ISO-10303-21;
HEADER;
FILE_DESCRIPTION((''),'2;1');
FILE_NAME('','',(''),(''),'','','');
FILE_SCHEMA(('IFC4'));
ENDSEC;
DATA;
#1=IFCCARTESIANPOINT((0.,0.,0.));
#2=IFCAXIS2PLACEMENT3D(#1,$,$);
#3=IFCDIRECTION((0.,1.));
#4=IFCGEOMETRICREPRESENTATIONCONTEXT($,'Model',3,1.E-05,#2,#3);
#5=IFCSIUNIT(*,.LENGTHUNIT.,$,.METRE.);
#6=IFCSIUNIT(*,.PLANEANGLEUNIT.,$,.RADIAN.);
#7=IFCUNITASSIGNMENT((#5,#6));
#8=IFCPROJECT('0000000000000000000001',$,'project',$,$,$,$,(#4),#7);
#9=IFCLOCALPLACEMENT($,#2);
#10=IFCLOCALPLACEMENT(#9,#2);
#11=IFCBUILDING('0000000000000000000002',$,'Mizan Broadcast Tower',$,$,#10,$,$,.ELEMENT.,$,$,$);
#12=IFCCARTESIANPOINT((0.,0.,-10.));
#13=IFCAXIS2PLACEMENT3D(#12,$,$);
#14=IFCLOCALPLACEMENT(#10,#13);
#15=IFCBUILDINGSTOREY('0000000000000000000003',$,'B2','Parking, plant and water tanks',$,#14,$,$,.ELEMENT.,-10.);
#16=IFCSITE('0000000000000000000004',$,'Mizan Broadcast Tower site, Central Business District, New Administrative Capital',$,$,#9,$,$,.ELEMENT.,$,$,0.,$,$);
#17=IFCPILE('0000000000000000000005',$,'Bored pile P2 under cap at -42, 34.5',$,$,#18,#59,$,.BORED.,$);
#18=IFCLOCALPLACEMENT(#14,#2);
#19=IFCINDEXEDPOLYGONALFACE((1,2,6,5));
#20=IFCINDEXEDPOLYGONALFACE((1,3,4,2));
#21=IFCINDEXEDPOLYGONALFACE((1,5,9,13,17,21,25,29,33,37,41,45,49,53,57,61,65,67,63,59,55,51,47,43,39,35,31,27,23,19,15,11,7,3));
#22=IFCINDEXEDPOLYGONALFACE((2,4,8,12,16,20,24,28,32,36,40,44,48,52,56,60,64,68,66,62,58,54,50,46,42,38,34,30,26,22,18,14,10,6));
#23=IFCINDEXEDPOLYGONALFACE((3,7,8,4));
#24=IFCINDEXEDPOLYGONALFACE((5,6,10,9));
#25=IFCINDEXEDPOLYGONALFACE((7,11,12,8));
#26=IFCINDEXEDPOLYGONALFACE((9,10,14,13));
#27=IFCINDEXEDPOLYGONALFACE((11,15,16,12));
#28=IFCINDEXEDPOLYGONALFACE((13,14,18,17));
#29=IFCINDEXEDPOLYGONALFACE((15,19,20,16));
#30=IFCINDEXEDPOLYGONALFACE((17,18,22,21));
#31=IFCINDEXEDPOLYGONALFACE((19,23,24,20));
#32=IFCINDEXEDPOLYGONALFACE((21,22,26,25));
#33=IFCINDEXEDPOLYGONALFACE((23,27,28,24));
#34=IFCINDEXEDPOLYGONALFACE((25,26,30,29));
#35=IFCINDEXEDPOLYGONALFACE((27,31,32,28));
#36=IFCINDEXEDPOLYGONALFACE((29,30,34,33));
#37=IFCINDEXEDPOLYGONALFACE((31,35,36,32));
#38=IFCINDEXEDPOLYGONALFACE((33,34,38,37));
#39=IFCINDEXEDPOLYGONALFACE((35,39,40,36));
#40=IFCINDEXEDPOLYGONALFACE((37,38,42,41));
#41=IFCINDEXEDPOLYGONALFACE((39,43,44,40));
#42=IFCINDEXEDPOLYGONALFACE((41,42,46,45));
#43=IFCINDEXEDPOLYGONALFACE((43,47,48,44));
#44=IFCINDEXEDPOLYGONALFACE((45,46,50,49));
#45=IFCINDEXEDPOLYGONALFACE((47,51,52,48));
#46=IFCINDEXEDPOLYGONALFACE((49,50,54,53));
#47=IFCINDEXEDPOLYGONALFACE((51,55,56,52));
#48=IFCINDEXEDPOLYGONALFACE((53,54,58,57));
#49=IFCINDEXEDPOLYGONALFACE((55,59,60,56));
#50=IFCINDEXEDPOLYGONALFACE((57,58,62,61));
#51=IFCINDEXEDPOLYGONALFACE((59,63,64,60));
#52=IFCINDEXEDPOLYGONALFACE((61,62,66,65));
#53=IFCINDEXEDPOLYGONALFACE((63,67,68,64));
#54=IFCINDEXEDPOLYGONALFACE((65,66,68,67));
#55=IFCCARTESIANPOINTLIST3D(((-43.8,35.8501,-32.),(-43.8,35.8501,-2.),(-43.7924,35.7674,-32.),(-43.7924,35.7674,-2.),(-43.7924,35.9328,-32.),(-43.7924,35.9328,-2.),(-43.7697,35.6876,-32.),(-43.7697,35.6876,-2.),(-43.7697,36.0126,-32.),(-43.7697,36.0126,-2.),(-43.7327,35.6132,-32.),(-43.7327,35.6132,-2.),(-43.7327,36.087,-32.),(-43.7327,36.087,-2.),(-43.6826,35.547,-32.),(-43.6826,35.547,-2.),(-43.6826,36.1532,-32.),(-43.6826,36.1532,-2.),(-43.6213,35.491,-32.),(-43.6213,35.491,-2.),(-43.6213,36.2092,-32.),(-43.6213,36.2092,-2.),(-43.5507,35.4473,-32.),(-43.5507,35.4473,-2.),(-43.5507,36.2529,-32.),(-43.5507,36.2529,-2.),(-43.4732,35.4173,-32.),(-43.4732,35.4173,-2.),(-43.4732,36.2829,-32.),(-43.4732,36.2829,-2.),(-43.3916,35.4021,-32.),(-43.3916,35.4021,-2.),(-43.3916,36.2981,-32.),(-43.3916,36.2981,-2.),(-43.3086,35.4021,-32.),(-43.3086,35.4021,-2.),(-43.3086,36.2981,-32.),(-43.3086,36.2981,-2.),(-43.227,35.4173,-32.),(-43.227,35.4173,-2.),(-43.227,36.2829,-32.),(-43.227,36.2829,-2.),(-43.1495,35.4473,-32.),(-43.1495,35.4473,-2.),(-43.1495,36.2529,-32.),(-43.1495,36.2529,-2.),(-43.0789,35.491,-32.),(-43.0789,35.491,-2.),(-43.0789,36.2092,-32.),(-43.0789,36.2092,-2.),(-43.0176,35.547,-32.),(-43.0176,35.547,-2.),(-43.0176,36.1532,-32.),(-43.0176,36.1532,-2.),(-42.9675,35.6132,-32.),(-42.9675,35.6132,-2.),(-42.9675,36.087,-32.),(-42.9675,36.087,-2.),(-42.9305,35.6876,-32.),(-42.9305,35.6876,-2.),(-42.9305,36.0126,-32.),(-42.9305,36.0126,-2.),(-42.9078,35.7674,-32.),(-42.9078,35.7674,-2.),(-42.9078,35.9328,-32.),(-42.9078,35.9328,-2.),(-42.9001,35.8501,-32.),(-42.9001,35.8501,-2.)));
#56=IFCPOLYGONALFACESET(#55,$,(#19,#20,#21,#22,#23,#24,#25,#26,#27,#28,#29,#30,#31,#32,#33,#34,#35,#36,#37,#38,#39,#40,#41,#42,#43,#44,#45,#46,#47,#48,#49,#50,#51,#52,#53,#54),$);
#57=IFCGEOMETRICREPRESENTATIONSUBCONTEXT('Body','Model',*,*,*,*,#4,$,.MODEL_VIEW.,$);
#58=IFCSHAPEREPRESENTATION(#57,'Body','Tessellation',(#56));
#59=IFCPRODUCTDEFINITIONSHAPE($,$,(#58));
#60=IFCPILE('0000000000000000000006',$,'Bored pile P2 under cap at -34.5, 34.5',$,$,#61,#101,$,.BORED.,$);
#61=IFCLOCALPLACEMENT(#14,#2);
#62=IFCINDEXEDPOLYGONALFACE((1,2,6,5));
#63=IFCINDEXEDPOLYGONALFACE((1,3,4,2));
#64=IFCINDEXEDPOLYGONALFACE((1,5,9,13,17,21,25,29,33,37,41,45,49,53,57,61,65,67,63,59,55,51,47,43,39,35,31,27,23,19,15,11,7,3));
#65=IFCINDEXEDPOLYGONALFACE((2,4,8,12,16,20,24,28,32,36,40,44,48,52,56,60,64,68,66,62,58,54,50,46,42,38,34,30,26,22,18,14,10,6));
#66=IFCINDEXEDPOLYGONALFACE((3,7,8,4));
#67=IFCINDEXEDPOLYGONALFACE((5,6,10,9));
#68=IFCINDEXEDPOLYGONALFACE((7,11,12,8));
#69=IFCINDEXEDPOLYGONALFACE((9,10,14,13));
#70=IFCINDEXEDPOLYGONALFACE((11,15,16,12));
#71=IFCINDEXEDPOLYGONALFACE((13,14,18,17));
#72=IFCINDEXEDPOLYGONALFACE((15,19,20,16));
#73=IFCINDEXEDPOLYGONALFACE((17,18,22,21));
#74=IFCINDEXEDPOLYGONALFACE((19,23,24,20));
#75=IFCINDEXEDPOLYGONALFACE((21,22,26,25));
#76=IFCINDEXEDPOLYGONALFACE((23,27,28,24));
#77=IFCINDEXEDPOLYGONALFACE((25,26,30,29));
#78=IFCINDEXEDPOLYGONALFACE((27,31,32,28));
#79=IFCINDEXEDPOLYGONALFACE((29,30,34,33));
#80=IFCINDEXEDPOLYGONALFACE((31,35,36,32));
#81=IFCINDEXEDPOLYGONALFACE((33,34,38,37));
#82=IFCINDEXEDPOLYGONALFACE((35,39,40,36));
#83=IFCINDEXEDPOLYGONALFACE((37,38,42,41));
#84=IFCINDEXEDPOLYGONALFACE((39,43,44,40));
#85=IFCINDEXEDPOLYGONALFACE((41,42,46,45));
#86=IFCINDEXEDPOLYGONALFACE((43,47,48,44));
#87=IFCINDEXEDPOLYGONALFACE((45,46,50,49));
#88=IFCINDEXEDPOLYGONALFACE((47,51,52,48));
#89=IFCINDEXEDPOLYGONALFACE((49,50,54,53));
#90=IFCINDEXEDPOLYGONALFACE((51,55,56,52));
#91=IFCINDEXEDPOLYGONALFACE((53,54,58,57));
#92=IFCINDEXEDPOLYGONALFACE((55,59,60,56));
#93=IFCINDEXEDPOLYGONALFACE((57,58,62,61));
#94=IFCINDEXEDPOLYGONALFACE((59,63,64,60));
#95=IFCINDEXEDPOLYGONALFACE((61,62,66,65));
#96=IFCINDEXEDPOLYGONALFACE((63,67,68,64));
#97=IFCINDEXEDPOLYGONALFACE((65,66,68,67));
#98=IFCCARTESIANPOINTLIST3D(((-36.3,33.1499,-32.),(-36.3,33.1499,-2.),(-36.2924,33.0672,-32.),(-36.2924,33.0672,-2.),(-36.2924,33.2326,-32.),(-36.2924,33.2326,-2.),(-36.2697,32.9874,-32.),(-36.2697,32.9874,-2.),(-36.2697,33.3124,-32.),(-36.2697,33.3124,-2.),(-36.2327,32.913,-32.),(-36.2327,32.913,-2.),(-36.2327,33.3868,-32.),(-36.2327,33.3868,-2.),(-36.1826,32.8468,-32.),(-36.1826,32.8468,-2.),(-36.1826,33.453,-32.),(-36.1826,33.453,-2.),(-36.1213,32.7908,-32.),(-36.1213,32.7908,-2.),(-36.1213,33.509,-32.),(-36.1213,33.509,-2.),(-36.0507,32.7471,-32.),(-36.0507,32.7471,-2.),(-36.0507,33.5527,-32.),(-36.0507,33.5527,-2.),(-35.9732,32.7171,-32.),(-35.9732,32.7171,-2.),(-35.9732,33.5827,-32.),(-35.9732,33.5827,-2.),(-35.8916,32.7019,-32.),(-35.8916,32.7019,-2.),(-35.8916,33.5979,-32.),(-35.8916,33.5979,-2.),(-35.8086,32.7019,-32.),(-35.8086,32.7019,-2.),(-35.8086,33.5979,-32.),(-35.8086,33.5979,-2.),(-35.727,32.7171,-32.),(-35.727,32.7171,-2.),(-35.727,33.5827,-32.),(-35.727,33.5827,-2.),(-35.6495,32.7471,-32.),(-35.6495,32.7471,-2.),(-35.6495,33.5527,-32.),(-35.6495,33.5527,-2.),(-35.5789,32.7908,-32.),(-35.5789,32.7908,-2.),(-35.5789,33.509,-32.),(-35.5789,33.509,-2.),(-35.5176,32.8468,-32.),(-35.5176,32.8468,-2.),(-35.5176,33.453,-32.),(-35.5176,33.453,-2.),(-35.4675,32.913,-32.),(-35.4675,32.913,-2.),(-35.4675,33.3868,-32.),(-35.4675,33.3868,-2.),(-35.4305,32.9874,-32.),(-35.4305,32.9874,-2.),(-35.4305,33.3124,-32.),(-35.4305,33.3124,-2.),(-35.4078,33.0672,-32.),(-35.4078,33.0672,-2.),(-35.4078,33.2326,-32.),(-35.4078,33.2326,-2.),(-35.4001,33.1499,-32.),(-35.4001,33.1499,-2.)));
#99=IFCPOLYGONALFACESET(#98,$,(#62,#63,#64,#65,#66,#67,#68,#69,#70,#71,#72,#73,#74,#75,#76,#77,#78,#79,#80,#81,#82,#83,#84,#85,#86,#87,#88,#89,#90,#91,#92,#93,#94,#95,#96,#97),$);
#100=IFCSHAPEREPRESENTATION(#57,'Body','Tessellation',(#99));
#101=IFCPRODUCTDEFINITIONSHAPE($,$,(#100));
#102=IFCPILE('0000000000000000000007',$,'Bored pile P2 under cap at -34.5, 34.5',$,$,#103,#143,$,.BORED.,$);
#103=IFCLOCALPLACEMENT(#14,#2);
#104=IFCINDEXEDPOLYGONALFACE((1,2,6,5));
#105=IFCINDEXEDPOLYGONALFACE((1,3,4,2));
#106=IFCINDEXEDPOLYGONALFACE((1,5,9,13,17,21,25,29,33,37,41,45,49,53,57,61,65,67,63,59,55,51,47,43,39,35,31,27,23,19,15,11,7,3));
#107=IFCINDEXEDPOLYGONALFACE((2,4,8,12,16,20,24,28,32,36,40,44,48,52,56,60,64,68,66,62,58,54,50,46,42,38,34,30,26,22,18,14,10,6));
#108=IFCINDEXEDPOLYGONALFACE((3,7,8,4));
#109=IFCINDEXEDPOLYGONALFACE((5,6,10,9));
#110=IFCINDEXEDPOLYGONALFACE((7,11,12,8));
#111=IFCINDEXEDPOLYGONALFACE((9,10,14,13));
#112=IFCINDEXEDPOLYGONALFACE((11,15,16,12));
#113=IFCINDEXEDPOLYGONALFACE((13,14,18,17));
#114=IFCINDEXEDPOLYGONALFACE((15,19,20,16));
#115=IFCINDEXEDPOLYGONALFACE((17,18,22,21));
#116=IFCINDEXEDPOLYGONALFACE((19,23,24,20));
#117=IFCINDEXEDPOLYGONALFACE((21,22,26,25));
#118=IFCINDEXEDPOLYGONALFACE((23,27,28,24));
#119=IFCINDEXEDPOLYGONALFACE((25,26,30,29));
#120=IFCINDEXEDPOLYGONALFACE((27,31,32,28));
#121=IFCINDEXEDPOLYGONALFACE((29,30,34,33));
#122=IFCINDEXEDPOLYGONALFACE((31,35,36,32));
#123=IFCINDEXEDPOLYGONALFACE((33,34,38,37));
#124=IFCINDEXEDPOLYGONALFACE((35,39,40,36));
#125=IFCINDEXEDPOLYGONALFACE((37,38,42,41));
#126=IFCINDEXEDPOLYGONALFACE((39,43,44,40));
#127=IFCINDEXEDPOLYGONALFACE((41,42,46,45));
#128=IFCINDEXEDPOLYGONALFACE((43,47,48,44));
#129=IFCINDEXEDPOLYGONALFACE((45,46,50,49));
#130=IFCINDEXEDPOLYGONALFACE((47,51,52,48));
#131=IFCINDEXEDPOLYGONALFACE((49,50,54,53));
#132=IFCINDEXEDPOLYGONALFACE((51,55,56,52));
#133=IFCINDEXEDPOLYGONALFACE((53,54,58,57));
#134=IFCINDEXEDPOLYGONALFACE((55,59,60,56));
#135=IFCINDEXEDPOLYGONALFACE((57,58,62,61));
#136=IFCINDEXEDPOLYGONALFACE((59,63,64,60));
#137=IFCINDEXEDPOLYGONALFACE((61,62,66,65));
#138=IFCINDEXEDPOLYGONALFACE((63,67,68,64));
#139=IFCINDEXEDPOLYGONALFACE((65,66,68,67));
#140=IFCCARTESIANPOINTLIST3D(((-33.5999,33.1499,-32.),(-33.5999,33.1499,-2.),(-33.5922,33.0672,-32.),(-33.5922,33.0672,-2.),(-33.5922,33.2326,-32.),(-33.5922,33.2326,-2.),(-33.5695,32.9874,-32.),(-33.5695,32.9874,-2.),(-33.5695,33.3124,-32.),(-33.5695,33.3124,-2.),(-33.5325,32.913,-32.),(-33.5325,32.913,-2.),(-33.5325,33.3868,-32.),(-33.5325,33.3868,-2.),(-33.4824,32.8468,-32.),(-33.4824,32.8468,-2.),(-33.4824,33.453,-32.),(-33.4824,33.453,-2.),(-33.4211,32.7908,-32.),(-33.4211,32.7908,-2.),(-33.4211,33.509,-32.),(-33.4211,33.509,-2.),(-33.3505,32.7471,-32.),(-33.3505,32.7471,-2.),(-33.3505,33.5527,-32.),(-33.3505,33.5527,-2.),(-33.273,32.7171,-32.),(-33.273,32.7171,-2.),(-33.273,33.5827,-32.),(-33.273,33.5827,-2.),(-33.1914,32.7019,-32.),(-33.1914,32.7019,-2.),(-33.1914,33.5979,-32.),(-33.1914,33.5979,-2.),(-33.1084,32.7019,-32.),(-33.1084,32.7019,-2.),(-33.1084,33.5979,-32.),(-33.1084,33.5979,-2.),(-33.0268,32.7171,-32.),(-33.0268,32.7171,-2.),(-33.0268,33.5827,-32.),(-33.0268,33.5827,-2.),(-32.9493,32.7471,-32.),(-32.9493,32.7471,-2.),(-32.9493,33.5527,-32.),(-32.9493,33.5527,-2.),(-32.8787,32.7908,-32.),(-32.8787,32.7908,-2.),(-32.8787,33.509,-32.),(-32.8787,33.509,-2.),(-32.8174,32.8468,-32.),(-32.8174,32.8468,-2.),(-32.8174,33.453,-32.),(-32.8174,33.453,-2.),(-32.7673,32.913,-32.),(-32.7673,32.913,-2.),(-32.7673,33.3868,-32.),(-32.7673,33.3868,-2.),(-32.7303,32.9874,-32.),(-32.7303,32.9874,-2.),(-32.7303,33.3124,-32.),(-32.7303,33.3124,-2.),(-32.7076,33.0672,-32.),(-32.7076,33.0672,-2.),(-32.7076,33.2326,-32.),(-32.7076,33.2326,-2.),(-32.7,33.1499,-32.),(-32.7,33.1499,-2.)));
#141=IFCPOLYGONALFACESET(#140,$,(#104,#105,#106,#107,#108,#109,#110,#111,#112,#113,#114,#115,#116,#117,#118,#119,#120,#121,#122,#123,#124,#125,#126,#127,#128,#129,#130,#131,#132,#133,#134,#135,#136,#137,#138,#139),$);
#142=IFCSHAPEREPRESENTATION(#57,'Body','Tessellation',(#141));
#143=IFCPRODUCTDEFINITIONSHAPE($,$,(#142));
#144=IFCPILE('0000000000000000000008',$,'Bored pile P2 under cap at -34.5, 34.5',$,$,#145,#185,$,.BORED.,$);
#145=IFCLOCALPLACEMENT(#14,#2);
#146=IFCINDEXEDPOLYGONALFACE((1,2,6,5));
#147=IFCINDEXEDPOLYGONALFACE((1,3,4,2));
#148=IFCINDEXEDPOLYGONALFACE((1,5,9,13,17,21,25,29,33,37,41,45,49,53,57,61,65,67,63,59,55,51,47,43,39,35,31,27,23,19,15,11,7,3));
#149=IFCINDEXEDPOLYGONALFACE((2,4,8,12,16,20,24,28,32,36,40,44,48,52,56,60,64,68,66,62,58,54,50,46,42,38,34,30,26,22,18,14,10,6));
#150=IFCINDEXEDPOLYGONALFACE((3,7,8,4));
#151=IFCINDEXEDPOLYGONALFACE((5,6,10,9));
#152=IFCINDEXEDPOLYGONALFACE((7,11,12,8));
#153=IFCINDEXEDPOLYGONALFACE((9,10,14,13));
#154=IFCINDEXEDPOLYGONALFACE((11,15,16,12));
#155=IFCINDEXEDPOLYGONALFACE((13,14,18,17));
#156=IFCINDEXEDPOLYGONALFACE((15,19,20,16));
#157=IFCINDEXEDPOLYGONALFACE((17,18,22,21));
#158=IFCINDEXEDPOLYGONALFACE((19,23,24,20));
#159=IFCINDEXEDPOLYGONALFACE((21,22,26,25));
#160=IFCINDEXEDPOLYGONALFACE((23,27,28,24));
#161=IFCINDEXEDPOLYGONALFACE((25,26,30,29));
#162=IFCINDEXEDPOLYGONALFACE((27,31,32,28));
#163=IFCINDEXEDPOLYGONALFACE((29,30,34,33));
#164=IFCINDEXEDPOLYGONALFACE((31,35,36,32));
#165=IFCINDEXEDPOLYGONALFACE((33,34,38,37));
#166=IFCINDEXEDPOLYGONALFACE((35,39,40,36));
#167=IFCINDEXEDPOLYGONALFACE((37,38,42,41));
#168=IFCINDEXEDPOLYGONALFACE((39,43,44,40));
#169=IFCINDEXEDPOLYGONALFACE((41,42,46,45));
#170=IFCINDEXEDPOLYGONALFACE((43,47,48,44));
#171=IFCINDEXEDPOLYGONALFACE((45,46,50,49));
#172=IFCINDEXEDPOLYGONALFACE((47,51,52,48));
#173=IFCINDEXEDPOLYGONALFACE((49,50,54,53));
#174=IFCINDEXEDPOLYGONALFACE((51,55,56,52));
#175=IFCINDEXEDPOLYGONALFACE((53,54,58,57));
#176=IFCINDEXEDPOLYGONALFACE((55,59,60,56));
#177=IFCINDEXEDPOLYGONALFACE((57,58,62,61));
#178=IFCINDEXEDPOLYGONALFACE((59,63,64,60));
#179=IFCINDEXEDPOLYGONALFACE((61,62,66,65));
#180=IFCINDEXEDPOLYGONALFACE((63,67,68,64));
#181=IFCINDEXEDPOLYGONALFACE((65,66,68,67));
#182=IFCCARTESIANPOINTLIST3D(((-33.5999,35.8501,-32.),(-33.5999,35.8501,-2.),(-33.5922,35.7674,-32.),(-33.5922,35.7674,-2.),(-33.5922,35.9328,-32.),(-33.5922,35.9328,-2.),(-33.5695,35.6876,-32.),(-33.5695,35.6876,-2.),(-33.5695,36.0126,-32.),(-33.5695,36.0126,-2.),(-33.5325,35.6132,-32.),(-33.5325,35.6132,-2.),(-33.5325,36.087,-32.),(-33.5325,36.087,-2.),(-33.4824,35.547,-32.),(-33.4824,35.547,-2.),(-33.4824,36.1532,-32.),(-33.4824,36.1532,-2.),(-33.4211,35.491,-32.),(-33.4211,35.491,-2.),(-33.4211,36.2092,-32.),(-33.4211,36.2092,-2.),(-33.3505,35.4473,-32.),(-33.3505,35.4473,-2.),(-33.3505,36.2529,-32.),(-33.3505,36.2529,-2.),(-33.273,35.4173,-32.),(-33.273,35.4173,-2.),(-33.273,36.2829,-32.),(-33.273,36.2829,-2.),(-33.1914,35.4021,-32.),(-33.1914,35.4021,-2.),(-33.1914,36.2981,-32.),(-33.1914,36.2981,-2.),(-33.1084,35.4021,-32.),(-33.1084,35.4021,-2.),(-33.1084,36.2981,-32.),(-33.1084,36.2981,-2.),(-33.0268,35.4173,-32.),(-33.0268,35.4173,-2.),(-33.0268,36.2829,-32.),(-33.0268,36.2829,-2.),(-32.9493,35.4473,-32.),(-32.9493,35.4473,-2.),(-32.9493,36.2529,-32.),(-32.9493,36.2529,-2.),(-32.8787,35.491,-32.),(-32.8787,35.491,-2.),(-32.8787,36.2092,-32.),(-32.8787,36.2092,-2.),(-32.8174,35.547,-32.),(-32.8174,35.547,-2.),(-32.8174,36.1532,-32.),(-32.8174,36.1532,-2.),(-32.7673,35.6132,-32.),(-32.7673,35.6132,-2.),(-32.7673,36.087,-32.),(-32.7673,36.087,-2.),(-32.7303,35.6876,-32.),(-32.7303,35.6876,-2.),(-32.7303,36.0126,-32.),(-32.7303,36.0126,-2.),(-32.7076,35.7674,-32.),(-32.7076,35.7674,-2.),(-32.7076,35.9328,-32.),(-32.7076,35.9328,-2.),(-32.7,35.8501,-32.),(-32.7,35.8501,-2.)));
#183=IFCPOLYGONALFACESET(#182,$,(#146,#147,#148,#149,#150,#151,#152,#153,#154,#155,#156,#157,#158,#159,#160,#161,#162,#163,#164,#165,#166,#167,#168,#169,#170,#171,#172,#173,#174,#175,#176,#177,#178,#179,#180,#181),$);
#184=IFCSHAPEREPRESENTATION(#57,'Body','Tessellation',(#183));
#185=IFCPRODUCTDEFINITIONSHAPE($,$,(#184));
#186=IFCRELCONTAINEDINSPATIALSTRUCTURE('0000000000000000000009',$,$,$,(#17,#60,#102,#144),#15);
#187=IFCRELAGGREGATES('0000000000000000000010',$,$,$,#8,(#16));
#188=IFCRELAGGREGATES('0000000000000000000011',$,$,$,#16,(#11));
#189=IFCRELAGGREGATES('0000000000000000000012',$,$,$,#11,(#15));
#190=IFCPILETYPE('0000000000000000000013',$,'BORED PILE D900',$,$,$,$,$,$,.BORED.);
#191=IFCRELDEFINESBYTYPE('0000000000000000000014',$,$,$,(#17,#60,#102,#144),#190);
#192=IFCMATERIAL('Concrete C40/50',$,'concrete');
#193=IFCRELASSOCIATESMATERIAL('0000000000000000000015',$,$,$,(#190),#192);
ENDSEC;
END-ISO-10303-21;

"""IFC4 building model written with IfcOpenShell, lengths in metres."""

from ifc_helpers import new_model, si_unit, direction, frame, origin, origin_2d, place, context, subcontext, project, spatial, circle, extrude, material, material_profile, profile_set, type_object, element, save


model = new_model("IFC4")

# Units and contexts
model_context = context("Model", 3, precision=1e-05, world=origin(), true_north=direction((0.0, 1.0)))
body_context = subcontext(model_context, "Body", "Model", "MODEL_VIEW")
ifc_project = project(units=[si_unit("LENGTHUNIT", "METRE"), si_unit("PLANEANGLEUNIT", "RADIAN")], contexts=[model_context])

# Site, building, storey
site_placement = place(None, origin())
site = spatial("IfcSite", under=ifc_project, at=site_placement, Name="Mizan Broadcast Tower site, Central Business District, New Administrative Capital", CompositionType="ELEMENT", RefElevation=0.0)
building_placement = place(site_placement, origin())
building = spatial("IfcBuilding", under=site, at=building_placement, Name="Mizan Broadcast Tower", CompositionType="ELEMENT")
storey_placement = place(building_placement, frame((0.0, 0.0, -10.0)))
storey = spatial("IfcBuildingStorey", under=building, at=storey_placement, Name="B2", Description="Parking, plant and water tanks", CompositionType="ELEMENT", Elevation=-10.0)

# Piles
ifc_material_1 = material(Name="Concrete C40/50", Category="concrete")
ifc_material_profile_1 = material_profile(ifc_material_1, circle(Radius=0.45, at=origin_2d()), Name="D900")
ifc_profile_set_1 = profile_set([ifc_material_profile_1], Name="Concrete C40/50")
pile_type = type_object("IfcPileType", Name="BORED PILE D900", PredefinedType="BORED", material=ifc_profile_set_1)
for number, where, z_axis, x_axis, name in (
    (1, (-43.3501, 35.8501, -2.0), (0.0, 0.0, -1.0), (1.0, 0.0, 0.0), "Bored pile P2 under cap at -42, 34.5"),
    (2, (-35.8501, 33.1499, -2.0), (0.0, 0.0, -1.0), (1.0, 0.0, 0.0), "Bored pile P2 under cap at -34.5, 34.5"),
    (3, (-33.1499, 33.1499, -2.0), (0.0, 0.0, -1.0), (1.0, 0.0, 0.0), "Bored pile P2 under cap at -34.5, 34.5"),
    (4, (-33.1499, 35.8501, -2.0), (0.0, 0.0, -1.0), (1.0, 0.0, 0.0), "Bored pile P2 under cap at -34.5, 34.5"),
):
    element("IfcPile", number, at=place(storey_placement, frame(where, z_axis=z_axis, x_axis=x_axis)), inside=storey, type_object=pile_type, Name=name, PredefinedType="BORED", context=body_context, shape_type="SweptSolid", body=[
        extrude(circle(Radius=0.45, at=origin_2d()), origin(), (0.0, 0.0, 1.0), 30.0),
    ])

save(model, "model.ifc")
